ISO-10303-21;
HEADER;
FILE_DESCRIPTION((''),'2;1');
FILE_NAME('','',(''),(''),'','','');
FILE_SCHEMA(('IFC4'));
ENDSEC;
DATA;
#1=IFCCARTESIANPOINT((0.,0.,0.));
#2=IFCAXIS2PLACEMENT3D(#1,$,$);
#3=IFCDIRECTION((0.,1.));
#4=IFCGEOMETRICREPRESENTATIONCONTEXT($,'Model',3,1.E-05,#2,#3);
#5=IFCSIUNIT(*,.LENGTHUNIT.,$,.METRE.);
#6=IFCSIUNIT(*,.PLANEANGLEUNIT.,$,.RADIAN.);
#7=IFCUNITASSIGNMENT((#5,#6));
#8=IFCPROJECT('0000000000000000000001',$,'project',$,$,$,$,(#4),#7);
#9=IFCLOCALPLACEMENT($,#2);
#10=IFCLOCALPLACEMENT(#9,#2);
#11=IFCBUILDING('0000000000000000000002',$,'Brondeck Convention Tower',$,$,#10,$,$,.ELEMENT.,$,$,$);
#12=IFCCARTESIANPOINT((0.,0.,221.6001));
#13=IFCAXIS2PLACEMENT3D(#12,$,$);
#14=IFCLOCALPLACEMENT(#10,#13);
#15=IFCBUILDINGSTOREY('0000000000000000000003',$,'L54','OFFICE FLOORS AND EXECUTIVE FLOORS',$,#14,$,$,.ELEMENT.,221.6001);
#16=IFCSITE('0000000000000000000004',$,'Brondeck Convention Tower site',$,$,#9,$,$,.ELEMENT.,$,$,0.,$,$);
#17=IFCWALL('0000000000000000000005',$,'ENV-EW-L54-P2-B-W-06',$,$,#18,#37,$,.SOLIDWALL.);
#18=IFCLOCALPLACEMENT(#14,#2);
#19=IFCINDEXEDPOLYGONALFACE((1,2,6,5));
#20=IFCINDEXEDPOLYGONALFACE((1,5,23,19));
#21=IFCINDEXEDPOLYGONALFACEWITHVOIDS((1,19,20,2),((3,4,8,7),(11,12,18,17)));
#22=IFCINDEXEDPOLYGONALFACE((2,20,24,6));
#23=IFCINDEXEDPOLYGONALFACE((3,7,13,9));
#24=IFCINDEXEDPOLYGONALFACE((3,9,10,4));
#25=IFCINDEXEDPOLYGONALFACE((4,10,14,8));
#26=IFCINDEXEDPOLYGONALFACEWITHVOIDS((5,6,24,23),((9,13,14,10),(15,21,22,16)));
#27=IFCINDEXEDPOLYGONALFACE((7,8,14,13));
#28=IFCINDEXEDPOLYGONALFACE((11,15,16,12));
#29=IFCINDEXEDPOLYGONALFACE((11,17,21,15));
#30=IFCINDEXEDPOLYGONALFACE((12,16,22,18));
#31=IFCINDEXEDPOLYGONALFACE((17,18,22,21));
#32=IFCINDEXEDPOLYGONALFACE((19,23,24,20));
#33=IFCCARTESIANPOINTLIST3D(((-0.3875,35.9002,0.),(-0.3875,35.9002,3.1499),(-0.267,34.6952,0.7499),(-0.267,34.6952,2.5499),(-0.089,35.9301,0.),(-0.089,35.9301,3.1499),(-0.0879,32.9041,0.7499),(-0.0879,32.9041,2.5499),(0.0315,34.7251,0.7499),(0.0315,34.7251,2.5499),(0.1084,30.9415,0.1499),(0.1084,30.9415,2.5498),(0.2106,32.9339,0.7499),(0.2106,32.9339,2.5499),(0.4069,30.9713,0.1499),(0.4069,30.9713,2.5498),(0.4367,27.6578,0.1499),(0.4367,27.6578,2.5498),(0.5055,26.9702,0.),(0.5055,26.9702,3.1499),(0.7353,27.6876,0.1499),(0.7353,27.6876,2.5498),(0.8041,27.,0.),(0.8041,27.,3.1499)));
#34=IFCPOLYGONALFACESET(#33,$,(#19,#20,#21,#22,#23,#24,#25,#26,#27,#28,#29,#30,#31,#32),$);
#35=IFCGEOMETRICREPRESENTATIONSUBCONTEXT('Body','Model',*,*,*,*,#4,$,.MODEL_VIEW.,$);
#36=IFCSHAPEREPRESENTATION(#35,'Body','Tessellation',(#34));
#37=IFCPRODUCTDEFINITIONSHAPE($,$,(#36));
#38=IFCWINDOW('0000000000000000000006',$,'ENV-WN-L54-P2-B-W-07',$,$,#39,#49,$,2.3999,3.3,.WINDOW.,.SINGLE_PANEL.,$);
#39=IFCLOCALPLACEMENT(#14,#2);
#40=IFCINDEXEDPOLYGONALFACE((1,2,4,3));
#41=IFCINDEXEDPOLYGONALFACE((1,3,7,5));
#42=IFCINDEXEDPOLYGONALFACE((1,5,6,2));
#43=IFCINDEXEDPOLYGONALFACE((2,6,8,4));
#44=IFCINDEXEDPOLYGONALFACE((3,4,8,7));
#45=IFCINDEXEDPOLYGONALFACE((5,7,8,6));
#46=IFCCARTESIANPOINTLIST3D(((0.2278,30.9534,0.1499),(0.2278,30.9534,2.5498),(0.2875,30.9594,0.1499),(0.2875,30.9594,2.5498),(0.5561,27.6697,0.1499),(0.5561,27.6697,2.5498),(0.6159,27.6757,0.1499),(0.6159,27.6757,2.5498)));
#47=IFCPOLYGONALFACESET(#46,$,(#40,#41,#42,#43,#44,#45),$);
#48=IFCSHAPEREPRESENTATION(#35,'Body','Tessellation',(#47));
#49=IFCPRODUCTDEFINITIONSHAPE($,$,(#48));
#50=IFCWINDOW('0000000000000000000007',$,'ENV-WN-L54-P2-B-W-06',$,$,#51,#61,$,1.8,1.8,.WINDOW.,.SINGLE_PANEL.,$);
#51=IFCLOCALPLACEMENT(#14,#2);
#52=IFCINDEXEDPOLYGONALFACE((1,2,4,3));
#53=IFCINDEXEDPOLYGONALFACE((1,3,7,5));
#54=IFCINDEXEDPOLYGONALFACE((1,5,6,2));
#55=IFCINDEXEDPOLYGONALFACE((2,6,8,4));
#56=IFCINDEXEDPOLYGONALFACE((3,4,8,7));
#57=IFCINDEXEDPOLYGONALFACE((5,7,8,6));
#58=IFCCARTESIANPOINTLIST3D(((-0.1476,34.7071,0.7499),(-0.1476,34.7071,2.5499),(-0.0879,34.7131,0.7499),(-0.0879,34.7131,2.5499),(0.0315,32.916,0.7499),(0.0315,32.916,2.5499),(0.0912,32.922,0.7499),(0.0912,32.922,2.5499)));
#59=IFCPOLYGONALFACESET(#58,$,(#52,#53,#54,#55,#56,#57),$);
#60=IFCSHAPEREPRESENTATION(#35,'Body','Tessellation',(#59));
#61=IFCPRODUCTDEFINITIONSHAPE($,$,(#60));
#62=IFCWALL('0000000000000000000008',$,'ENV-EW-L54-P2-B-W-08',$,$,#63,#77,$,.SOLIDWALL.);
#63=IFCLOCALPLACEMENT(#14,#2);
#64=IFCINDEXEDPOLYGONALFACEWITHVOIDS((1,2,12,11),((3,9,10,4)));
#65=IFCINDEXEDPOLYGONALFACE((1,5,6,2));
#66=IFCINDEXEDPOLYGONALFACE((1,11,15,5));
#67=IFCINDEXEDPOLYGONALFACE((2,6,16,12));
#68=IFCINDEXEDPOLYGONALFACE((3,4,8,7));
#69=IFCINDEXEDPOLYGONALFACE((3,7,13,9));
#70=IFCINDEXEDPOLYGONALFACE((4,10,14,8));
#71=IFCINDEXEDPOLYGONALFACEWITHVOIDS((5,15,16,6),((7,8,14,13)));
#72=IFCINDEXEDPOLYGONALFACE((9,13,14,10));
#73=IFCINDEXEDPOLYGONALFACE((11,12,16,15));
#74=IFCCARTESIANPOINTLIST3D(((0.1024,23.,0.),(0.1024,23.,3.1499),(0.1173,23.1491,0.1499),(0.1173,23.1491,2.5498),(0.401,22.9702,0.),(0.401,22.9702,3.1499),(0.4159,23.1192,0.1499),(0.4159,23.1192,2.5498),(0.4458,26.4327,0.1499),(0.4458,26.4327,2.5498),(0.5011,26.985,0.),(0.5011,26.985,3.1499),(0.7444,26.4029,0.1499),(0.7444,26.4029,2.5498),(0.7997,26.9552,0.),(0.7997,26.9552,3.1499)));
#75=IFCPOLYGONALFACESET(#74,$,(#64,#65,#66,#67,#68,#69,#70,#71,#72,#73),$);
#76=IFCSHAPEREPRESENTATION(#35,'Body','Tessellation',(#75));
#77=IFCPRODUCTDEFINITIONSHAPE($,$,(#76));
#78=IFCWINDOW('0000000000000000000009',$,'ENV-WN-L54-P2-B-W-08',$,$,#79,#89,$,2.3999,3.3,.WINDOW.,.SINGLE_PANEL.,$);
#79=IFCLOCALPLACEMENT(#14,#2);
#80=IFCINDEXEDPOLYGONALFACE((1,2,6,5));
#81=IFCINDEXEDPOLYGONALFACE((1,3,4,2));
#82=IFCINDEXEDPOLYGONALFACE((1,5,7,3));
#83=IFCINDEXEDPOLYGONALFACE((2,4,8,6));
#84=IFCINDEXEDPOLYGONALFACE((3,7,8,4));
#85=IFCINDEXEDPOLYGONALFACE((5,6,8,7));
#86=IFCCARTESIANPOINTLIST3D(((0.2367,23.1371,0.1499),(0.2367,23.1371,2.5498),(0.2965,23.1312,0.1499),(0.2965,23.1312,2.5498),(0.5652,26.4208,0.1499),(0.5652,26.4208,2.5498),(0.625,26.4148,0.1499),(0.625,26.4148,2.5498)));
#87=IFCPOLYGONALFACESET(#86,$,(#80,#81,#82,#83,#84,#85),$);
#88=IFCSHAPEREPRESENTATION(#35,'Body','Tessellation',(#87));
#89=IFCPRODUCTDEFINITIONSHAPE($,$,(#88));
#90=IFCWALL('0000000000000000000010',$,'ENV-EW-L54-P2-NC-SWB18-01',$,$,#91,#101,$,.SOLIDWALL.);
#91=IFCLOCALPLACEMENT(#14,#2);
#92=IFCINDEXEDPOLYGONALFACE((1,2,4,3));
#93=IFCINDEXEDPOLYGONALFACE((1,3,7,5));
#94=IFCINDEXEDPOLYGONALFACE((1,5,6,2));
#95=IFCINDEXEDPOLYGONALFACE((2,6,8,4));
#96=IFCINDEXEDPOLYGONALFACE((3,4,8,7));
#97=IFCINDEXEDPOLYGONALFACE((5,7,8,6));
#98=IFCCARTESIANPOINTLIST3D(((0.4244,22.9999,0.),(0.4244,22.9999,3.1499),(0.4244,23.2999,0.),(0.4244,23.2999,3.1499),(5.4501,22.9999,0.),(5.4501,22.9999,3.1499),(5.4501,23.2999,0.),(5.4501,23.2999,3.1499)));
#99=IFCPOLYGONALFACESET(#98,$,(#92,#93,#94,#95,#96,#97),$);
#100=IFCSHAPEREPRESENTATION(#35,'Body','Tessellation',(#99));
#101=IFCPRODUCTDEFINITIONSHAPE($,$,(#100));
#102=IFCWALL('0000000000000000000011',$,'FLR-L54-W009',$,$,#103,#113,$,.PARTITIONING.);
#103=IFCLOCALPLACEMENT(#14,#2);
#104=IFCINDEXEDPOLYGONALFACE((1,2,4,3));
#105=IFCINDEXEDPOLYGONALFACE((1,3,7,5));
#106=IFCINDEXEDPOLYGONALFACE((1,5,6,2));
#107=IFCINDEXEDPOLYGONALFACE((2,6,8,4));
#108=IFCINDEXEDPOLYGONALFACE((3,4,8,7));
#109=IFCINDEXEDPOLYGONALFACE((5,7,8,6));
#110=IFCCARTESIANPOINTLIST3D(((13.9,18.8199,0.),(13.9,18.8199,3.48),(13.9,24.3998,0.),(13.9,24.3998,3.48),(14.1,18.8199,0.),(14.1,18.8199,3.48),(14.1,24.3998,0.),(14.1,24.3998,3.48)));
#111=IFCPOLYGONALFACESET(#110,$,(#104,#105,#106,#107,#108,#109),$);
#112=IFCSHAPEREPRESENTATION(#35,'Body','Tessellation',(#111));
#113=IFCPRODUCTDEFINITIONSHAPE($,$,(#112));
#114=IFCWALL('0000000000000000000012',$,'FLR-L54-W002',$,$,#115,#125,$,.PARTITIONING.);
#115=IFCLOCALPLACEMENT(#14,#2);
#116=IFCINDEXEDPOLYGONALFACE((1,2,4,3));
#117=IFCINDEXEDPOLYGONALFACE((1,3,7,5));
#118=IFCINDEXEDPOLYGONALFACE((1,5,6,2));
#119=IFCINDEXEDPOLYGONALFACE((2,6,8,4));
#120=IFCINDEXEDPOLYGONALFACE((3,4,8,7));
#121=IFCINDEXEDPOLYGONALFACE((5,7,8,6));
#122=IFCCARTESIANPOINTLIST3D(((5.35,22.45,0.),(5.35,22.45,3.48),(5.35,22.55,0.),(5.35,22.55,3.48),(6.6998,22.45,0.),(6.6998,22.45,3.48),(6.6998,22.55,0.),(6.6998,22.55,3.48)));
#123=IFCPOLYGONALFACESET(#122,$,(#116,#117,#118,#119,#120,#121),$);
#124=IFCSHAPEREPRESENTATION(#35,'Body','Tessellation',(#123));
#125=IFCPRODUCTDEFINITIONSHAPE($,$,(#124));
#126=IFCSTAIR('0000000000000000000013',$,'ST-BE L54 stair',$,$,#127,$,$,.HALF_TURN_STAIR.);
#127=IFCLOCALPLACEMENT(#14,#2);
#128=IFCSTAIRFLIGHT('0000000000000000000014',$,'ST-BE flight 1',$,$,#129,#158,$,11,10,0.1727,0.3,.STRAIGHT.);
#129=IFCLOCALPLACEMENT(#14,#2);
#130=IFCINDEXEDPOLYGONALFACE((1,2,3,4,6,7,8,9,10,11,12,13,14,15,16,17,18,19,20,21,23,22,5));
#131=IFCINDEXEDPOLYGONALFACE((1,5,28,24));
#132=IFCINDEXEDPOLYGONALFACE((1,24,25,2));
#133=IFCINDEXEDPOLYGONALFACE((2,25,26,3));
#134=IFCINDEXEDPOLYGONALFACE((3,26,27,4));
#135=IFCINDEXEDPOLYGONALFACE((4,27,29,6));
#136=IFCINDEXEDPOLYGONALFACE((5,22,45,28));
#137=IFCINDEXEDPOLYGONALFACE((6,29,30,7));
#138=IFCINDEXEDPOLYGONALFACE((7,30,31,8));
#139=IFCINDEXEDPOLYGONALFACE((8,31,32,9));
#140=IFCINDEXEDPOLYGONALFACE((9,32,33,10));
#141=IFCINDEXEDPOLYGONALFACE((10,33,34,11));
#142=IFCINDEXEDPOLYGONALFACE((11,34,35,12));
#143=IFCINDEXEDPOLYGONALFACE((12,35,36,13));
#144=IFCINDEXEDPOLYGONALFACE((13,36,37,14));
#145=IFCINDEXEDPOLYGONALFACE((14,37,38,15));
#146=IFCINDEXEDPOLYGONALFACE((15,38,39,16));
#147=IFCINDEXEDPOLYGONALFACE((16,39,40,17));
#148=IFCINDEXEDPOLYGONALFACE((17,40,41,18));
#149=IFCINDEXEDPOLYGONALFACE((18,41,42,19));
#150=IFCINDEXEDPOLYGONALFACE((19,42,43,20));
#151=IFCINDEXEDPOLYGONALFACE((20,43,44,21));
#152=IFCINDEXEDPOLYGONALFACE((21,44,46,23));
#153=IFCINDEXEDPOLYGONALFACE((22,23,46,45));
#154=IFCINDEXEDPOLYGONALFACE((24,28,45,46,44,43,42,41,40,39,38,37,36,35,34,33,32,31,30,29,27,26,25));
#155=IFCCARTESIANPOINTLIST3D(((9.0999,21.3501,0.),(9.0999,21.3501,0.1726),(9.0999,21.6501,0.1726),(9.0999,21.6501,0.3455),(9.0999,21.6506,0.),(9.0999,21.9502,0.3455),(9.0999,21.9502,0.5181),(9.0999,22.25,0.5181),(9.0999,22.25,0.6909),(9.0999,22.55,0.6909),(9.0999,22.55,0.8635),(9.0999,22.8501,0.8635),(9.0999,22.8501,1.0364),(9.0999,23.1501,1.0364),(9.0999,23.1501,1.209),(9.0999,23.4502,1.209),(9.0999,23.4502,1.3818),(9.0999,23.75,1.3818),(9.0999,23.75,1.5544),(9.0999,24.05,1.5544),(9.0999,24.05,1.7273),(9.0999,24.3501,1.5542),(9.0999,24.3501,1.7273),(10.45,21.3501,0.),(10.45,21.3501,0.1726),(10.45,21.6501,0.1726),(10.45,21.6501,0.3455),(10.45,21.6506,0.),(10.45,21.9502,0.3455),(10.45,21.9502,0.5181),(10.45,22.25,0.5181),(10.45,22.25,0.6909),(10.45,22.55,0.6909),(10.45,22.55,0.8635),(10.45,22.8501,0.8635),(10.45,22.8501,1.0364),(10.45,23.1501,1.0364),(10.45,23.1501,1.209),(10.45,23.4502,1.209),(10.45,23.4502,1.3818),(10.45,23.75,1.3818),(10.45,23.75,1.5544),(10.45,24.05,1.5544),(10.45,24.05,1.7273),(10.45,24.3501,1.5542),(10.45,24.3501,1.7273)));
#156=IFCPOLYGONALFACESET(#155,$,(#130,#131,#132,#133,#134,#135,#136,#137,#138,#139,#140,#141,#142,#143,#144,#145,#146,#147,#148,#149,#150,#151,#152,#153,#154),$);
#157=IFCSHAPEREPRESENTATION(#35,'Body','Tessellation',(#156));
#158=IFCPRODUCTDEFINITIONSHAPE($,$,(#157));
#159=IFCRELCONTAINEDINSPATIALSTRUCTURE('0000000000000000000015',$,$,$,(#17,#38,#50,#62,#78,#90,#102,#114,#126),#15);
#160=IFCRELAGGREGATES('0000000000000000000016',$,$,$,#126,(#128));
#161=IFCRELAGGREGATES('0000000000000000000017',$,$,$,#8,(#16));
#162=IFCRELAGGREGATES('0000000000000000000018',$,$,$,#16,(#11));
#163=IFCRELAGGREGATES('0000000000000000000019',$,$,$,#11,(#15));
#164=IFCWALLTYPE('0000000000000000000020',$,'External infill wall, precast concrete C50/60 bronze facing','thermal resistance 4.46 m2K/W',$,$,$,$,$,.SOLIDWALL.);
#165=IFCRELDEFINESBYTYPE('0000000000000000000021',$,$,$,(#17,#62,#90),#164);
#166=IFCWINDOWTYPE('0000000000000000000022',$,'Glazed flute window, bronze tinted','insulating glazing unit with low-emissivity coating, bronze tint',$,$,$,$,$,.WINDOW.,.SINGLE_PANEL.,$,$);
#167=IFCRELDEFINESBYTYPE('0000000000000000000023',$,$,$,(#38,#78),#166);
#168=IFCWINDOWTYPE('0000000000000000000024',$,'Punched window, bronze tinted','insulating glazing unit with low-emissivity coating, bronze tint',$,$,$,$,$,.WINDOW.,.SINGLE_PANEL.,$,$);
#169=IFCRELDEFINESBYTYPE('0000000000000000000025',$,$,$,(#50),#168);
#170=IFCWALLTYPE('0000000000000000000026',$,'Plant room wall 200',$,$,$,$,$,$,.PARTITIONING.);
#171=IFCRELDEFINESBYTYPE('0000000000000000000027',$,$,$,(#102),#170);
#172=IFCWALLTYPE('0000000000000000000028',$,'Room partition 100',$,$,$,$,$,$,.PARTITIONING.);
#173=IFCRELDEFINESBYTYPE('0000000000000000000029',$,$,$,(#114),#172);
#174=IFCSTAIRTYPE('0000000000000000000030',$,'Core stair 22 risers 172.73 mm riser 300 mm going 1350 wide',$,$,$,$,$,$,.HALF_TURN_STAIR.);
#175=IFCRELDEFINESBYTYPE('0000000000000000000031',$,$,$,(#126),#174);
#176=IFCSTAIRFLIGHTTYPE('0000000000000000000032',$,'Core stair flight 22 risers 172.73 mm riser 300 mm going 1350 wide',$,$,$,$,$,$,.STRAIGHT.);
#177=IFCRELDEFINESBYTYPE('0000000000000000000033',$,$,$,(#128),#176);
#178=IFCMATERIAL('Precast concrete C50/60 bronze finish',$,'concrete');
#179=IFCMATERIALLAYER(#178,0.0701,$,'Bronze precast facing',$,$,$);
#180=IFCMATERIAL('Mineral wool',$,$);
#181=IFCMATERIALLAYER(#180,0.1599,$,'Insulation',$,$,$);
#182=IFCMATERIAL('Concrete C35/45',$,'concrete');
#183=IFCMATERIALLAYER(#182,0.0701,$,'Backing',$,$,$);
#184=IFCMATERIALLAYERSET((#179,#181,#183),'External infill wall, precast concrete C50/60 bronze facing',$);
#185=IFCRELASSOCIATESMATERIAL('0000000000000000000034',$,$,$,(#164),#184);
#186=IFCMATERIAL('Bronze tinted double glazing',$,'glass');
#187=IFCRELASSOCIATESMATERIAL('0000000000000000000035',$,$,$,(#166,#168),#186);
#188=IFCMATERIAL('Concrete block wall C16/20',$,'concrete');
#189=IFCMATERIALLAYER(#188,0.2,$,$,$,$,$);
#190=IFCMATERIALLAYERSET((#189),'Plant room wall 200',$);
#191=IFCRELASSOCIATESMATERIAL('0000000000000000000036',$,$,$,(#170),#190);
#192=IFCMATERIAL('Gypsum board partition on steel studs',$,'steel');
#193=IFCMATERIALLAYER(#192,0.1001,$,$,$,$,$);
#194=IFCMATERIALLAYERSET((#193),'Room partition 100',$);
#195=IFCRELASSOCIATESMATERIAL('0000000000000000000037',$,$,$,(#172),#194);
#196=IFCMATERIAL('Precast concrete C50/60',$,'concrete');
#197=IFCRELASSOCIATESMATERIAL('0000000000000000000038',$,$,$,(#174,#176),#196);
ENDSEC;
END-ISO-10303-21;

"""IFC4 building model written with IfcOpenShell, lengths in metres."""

from ifc_helpers import new_model, si_unit, direction, frame, frame_2d, origin, place, context, subcontext, project, spatial, polyline, rectangle, outline, extrude, material, layer, layer_set, type_object, element, fill, aggregate, save


model = new_model("IFC4")

# Units and contexts
model_context = context("Model", 3, precision=1e-05, world=origin(), true_north=direction((0.0, 1.0)))
body_context = subcontext(model_context, "Body", "Model", "MODEL_VIEW")
ifc_project = project(units=[si_unit("LENGTHUNIT", "METRE"), si_unit("PLANEANGLEUNIT", "RADIAN")], contexts=[model_context])

# Site, building, storey
site_placement = place(None, origin())
site = spatial("IfcSite", under=ifc_project, at=site_placement, Name="Brondeck Convention Tower site", CompositionType="ELEMENT", RefElevation=0.0)
building_placement = place(site_placement, origin())
building = spatial("IfcBuilding", under=site, at=building_placement, Name="Brondeck Convention Tower", CompositionType="ELEMENT")
storey_placement = place(building_placement, frame((0.0, 0.0, 221.6001)))
storey = spatial("IfcBuildingStorey", under=building, at=storey_placement, Name="L54", Description="OFFICE FLOORS AND EXECUTIVE FLOORS", CompositionType="ELEMENT", Elevation=221.6001)

# Wall, openings, windows
ifc_material_1 = material(Name="Precast concrete C50/60 bronze finish", Category="concrete")
ifc_layer_1 = layer(ifc_material_1, 0.0701, Name="Bronze precast facing")
ifc_material_2 = material(Name="Mineral wool")
ifc_layer_2 = layer(ifc_material_2, 0.1599, Name="Insulation")
ifc_material_3 = material(Name="Concrete C35/45", Category="concrete")
ifc_layer_3 = layer(ifc_material_3, 0.0701, Name="Backing")
ifc_layer_set_1 = layer_set([ifc_layer_1, ifc_layer_2, ifc_layer_3], Name="External infill wall, precast concrete C50/60 bronze facing")
wall_type_1 = type_object("IfcWallType", Name="External infill wall, precast concrete C50/60 bronze facing", Description="thermal resistance 4.46 m2K/W", PredefinedType="SOLIDWALL", material=ifc_layer_set_1)
wall_1_placement = place(storey_placement, frame((0.6548, 26.9851, 0.0), z_axis=(0.0, 0.0, 1.0), x_axis=(-0.099509, 0.995037, 0.0)))
wall_1 = element("IfcWall", 1, at=wall_1_placement, inside=storey, type_object=wall_type_1, Name="ENV-EW-L54-P2-B-W-06", PredefinedType="SOLIDWALL", context=body_context, shape_type="SweptSolid", body=[
    extrude(rectangle(XDim=8.9746, YDim=0.3, at=frame_2d((4.4873, 0.0))), origin(), (0.0, 0.0, 1.0), 3.1499),
])
opening_1_placement = place(wall_1_placement, frame((0.6912, 0.0, 0.1499)))
opening_1 = element("IfcOpeningElement", 2, at=opening_1_placement, cuts=wall_1, PredefinedType="OPENING", context=body_context, shape_type="SweptSolid", body=[
    extrude(rectangle(XDim=3.3, YDim=2.3999, at=frame_2d((1.6499, 1.2))), frame((0.0, 0.1599, 0.0), z_axis=(0.0, -1.0, 0.0), x_axis=(1.0, 0.0, 0.0)), (0.0, 0.0, 1.0), 0.3201),
])
opening_2_placement = place(wall_1_placement, frame((5.9636, 0.0, 0.75)))
opening_2 = element("IfcOpeningElement", 3, at=opening_2_placement, cuts=wall_1, PredefinedType="OPENING", context=body_context, shape_type="SweptSolid", body=[
    extrude(rectangle(XDim=1.8, YDim=1.8, at=frame_2d((0.8999, 0.8999))), frame((0.0, 0.1599, 0.0), z_axis=(0.0, -1.0, 0.0), x_axis=(1.0, 0.0, 0.0)), (0.0, 0.0, 1.0), 0.3201),
])
ifc_material_4 = material(Name="Bronze tinted double glazing", Category="glass")
window_type_1 = type_object("IfcWindowType", Name="Glazed flute window, bronze tinted", Description="insulating glazing unit with low-emissivity coating, bronze tint", PartitioningType="SINGLE_PANEL", PredefinedType="WINDOW", material=ifc_material_4)
window_1_placement = place(opening_1_placement, origin())
window_1 = element("IfcWindow", 4, at=window_1_placement, inside=storey, type_object=window_type_1, Name="ENV-WN-L54-P2-B-W-07", OverallHeight=2.3999, OverallWidth=3.3, PartitioningType="SINGLE_PANEL", PredefinedType="WINDOW", context=body_context, shape_type="SweptSolid", body=[
    extrude(rectangle(XDim=3.3, YDim=2.3999, at=frame_2d((1.6499, 1.2))), frame((0.0, 0.03, 0.0), z_axis=(0.0, -1.0, 0.0), x_axis=(1.0, 0.0, 0.0)), (0.0, 0.0, 1.0), 0.0601),
])
fill(opening_1, window_1)
window_type_2 = type_object("IfcWindowType", Name="Punched window, bronze tinted", Description="insulating glazing unit with low-emissivity coating, bronze tint", PartitioningType="SINGLE_PANEL", PredefinedType="WINDOW", material=ifc_material_4)
window_2_placement = place(opening_2_placement, origin())
window_2 = element("IfcWindow", 5, at=window_2_placement, inside=storey, type_object=window_type_2, Name="ENV-WN-L54-P2-B-W-06", OverallHeight=1.8, OverallWidth=1.8, PartitioningType="SINGLE_PANEL", PredefinedType="WINDOW", context=body_context, shape_type="SweptSolid", body=[
    extrude(rectangle(XDim=1.8, YDim=1.8, at=frame_2d((0.8999, 0.8999))), frame((0.0, 0.03, 0.0), z_axis=(0.0, -1.0, 0.0), x_axis=(1.0, 0.0, 0.0)), (0.0, 0.0, 1.0), 0.0601),
])
fill(opening_2, window_2)

# Wall, opening, window
wall_2_placement = place(storey_placement, frame((0.2517, 22.9851, 0.0), z_axis=(0.0, 0.0, 1.0), x_axis=(0.099546, 0.995033, 0.0)))
wall_2 = element("IfcWall", 6, at=wall_2_placement, inside=storey, type_object=wall_type_1, Name="ENV-EW-L54-P2-B-W-08", PredefinedType="SOLIDWALL", context=body_context, shape_type="SweptSolid", body=[
    extrude(rectangle(XDim=4.0049, YDim=0.3, at=frame_2d((2.0024, 0.0))), origin(), (0.0, 0.0, 1.0), 3.1499),
])
opening_3_placement = place(wall_2_placement, frame((0.1499, 0.0, 0.1499)))
opening_3 = element("IfcOpeningElement", 7, at=opening_3_placement, cuts=wall_2, PredefinedType="OPENING", context=body_context, shape_type="SweptSolid", body=[
    extrude(rectangle(XDim=3.3, YDim=2.3999, at=frame_2d((1.6499, 1.2))), frame((0.0, 0.1599, 0.0), z_axis=(0.0, -1.0, 0.0), x_axis=(1.0, 0.0, 0.0)), (0.0, 0.0, 1.0), 0.3201),
])
window_3_placement = place(opening_3_placement, origin())
window_3 = element("IfcWindow", 8, at=window_3_placement, inside=storey, type_object=window_type_1, Name="ENV-WN-L54-P2-B-W-08", OverallHeight=2.3999, OverallWidth=3.3, PartitioningType="SINGLE_PANEL", PredefinedType="WINDOW", context=body_context, shape_type="SweptSolid", body=[
    extrude(rectangle(XDim=3.3, YDim=2.3999, at=frame_2d((1.6499, 1.2))), frame((0.0, 0.03, 0.0), z_axis=(0.0, -1.0, 0.0), x_axis=(1.0, 0.0, 0.0)), (0.0, 0.0, 1.0), 0.0601),
])
fill(opening_3, window_3)

# Walls
wall_3_placement = place(storey_placement, frame((5.45, 23.1499, 0.0), z_axis=(0.0, 0.0, 1.0), x_axis=(-1.0, 0.0, 0.0)))
element("IfcWall", 9, at=wall_3_placement, inside=storey, type_object=wall_type_1, Name="ENV-EW-L54-P2-NC-SWB18-01", PredefinedType="SOLIDWALL", context=body_context, shape_type="SweptSolid", body=[
    extrude(rectangle(XDim=5.0256, YDim=0.3, at=frame_2d((2.5127, 0.0))), origin(), (0.0, 0.0, 1.0), 3.1499),
])
ifc_material_5 = material(Name="Concrete block wall C16/20", Category="concrete")
ifc_layer_4 = layer(ifc_material_5, 0.2)
ifc_layer_set_2 = layer_set([ifc_layer_4], Name="Plant room wall 200")
wall_type_2 = type_object("IfcWallType", Name="Plant room wall 200", PredefinedType="PARTITIONING", material=ifc_layer_set_2)
wall_4_placement = place(storey_placement, frame((14.0, 24.3999, 0.0), z_axis=(0.0, 0.0, 1.0), x_axis=(0.0, -1.0, 0.0)))
element("IfcWall", 10, at=wall_4_placement, inside=storey, type_object=wall_type_2, Name="FLR-L54-W009", PredefinedType="PARTITIONING", context=body_context, shape_type="SweptSolid", body=[
    extrude(rectangle(XDim=5.5798, YDim=0.2, at=frame_2d((2.79, 0.0))), origin(), (0.0, 0.0, 1.0), 3.48),
])
ifc_material_6 = material(Name="Gypsum board partition on steel studs", Category="steel")
ifc_layer_5 = layer(ifc_material_6, 0.1001)
ifc_layer_set_3 = layer_set([ifc_layer_5], Name="Room partition 100")
wall_type_3 = type_object("IfcWallType", Name="Room partition 100", PredefinedType="PARTITIONING", material=ifc_layer_set_3)
wall_5_placement = place(storey_placement, frame((5.3501, 22.5, 0.0), z_axis=(0.0, 0.0, 1.0), x_axis=(1.0, 0.0, 0.0)))
element("IfcWall", 11, at=wall_5_placement, inside=storey, type_object=wall_type_3, Name="FLR-L54-W002", PredefinedType="PARTITIONING", context=body_context, shape_type="SweptSolid", body=[
    extrude(rectangle(XDim=1.3499, YDim=0.1001, at=frame_2d((0.6748, 0.0))), origin(), (0.0, 0.0, 1.0), 3.48),
])

# Stair, stair flight
ifc_material_7 = material(Name="Precast concrete C50/60", Category="concrete")
stair_type = type_object("IfcStairType", Name="Core stair 22 risers 172.73 mm riser 300 mm going 1350 wide", PredefinedType="HALF_TURN_STAIR", material=ifc_material_7)
stair_placement = place(storey_placement, origin())
stair = element("IfcStair", 12, at=stair_placement, inside=storey, type_object=stair_type, Name="ST-BE L54 stair", PredefinedType="HALF_TURN_STAIR")
stair_flight_type = type_object("IfcStairFlightType", Name="Core stair flight 22 risers 172.73 mm riser 300 mm going 1350 wide", PredefinedType="STRAIGHT", material=ifc_material_7)
stair_flight_1_placement = place(storey_placement, frame((9.7749, 21.3501, 0.0), z_axis=(0.0, 0.0, 1.0), x_axis=(0.0, 1.0, 0.0)))
stair_flight_1 = element("IfcStairFlight", 13, at=stair_flight_1_placement, type_object=stair_flight_type, Name="ST-BE flight 1", NumberOfRisers=11, NumberOfTreads=10, PredefinedType="STRAIGHT", RiserHeight=0.1727, TreadLength=0.3, context=body_context, shape_type="SweptSolid", body=[
    extrude(outline(polyline([(0.0, 0.0), (0.0, 0.1726), (0.3, 0.1726), (0.3, 0.3455), (0.6001, 0.3455), (0.6001, 0.5181), (0.8999, 0.5181), (0.8999, 0.6909), (1.2, 0.6909), (1.2, 0.8635), (1.5, 0.8635), (1.5, 1.0364), (1.8, 1.0364), (1.8, 1.209), (2.1001, 1.209), (2.1001, 1.3818), (2.3999, 1.3818), (2.3999, 1.5544), (2.7, 1.5544), (2.7, 1.7273), (3.0, 1.7273), (3.0, 1.8999), (3.0, 1.5542), (0.3005, 0.0), (0.0, 0.0)])), frame((0.0, 0.675, 0.0), z_axis=(0.0, -1.0, 0.0), x_axis=(1.0, 0.0, 0.0)), (0.0, 0.0, 1.0), 1.3501),
])
aggregate(stair, [stair_flight_1])

save(model, "model.ifc")
